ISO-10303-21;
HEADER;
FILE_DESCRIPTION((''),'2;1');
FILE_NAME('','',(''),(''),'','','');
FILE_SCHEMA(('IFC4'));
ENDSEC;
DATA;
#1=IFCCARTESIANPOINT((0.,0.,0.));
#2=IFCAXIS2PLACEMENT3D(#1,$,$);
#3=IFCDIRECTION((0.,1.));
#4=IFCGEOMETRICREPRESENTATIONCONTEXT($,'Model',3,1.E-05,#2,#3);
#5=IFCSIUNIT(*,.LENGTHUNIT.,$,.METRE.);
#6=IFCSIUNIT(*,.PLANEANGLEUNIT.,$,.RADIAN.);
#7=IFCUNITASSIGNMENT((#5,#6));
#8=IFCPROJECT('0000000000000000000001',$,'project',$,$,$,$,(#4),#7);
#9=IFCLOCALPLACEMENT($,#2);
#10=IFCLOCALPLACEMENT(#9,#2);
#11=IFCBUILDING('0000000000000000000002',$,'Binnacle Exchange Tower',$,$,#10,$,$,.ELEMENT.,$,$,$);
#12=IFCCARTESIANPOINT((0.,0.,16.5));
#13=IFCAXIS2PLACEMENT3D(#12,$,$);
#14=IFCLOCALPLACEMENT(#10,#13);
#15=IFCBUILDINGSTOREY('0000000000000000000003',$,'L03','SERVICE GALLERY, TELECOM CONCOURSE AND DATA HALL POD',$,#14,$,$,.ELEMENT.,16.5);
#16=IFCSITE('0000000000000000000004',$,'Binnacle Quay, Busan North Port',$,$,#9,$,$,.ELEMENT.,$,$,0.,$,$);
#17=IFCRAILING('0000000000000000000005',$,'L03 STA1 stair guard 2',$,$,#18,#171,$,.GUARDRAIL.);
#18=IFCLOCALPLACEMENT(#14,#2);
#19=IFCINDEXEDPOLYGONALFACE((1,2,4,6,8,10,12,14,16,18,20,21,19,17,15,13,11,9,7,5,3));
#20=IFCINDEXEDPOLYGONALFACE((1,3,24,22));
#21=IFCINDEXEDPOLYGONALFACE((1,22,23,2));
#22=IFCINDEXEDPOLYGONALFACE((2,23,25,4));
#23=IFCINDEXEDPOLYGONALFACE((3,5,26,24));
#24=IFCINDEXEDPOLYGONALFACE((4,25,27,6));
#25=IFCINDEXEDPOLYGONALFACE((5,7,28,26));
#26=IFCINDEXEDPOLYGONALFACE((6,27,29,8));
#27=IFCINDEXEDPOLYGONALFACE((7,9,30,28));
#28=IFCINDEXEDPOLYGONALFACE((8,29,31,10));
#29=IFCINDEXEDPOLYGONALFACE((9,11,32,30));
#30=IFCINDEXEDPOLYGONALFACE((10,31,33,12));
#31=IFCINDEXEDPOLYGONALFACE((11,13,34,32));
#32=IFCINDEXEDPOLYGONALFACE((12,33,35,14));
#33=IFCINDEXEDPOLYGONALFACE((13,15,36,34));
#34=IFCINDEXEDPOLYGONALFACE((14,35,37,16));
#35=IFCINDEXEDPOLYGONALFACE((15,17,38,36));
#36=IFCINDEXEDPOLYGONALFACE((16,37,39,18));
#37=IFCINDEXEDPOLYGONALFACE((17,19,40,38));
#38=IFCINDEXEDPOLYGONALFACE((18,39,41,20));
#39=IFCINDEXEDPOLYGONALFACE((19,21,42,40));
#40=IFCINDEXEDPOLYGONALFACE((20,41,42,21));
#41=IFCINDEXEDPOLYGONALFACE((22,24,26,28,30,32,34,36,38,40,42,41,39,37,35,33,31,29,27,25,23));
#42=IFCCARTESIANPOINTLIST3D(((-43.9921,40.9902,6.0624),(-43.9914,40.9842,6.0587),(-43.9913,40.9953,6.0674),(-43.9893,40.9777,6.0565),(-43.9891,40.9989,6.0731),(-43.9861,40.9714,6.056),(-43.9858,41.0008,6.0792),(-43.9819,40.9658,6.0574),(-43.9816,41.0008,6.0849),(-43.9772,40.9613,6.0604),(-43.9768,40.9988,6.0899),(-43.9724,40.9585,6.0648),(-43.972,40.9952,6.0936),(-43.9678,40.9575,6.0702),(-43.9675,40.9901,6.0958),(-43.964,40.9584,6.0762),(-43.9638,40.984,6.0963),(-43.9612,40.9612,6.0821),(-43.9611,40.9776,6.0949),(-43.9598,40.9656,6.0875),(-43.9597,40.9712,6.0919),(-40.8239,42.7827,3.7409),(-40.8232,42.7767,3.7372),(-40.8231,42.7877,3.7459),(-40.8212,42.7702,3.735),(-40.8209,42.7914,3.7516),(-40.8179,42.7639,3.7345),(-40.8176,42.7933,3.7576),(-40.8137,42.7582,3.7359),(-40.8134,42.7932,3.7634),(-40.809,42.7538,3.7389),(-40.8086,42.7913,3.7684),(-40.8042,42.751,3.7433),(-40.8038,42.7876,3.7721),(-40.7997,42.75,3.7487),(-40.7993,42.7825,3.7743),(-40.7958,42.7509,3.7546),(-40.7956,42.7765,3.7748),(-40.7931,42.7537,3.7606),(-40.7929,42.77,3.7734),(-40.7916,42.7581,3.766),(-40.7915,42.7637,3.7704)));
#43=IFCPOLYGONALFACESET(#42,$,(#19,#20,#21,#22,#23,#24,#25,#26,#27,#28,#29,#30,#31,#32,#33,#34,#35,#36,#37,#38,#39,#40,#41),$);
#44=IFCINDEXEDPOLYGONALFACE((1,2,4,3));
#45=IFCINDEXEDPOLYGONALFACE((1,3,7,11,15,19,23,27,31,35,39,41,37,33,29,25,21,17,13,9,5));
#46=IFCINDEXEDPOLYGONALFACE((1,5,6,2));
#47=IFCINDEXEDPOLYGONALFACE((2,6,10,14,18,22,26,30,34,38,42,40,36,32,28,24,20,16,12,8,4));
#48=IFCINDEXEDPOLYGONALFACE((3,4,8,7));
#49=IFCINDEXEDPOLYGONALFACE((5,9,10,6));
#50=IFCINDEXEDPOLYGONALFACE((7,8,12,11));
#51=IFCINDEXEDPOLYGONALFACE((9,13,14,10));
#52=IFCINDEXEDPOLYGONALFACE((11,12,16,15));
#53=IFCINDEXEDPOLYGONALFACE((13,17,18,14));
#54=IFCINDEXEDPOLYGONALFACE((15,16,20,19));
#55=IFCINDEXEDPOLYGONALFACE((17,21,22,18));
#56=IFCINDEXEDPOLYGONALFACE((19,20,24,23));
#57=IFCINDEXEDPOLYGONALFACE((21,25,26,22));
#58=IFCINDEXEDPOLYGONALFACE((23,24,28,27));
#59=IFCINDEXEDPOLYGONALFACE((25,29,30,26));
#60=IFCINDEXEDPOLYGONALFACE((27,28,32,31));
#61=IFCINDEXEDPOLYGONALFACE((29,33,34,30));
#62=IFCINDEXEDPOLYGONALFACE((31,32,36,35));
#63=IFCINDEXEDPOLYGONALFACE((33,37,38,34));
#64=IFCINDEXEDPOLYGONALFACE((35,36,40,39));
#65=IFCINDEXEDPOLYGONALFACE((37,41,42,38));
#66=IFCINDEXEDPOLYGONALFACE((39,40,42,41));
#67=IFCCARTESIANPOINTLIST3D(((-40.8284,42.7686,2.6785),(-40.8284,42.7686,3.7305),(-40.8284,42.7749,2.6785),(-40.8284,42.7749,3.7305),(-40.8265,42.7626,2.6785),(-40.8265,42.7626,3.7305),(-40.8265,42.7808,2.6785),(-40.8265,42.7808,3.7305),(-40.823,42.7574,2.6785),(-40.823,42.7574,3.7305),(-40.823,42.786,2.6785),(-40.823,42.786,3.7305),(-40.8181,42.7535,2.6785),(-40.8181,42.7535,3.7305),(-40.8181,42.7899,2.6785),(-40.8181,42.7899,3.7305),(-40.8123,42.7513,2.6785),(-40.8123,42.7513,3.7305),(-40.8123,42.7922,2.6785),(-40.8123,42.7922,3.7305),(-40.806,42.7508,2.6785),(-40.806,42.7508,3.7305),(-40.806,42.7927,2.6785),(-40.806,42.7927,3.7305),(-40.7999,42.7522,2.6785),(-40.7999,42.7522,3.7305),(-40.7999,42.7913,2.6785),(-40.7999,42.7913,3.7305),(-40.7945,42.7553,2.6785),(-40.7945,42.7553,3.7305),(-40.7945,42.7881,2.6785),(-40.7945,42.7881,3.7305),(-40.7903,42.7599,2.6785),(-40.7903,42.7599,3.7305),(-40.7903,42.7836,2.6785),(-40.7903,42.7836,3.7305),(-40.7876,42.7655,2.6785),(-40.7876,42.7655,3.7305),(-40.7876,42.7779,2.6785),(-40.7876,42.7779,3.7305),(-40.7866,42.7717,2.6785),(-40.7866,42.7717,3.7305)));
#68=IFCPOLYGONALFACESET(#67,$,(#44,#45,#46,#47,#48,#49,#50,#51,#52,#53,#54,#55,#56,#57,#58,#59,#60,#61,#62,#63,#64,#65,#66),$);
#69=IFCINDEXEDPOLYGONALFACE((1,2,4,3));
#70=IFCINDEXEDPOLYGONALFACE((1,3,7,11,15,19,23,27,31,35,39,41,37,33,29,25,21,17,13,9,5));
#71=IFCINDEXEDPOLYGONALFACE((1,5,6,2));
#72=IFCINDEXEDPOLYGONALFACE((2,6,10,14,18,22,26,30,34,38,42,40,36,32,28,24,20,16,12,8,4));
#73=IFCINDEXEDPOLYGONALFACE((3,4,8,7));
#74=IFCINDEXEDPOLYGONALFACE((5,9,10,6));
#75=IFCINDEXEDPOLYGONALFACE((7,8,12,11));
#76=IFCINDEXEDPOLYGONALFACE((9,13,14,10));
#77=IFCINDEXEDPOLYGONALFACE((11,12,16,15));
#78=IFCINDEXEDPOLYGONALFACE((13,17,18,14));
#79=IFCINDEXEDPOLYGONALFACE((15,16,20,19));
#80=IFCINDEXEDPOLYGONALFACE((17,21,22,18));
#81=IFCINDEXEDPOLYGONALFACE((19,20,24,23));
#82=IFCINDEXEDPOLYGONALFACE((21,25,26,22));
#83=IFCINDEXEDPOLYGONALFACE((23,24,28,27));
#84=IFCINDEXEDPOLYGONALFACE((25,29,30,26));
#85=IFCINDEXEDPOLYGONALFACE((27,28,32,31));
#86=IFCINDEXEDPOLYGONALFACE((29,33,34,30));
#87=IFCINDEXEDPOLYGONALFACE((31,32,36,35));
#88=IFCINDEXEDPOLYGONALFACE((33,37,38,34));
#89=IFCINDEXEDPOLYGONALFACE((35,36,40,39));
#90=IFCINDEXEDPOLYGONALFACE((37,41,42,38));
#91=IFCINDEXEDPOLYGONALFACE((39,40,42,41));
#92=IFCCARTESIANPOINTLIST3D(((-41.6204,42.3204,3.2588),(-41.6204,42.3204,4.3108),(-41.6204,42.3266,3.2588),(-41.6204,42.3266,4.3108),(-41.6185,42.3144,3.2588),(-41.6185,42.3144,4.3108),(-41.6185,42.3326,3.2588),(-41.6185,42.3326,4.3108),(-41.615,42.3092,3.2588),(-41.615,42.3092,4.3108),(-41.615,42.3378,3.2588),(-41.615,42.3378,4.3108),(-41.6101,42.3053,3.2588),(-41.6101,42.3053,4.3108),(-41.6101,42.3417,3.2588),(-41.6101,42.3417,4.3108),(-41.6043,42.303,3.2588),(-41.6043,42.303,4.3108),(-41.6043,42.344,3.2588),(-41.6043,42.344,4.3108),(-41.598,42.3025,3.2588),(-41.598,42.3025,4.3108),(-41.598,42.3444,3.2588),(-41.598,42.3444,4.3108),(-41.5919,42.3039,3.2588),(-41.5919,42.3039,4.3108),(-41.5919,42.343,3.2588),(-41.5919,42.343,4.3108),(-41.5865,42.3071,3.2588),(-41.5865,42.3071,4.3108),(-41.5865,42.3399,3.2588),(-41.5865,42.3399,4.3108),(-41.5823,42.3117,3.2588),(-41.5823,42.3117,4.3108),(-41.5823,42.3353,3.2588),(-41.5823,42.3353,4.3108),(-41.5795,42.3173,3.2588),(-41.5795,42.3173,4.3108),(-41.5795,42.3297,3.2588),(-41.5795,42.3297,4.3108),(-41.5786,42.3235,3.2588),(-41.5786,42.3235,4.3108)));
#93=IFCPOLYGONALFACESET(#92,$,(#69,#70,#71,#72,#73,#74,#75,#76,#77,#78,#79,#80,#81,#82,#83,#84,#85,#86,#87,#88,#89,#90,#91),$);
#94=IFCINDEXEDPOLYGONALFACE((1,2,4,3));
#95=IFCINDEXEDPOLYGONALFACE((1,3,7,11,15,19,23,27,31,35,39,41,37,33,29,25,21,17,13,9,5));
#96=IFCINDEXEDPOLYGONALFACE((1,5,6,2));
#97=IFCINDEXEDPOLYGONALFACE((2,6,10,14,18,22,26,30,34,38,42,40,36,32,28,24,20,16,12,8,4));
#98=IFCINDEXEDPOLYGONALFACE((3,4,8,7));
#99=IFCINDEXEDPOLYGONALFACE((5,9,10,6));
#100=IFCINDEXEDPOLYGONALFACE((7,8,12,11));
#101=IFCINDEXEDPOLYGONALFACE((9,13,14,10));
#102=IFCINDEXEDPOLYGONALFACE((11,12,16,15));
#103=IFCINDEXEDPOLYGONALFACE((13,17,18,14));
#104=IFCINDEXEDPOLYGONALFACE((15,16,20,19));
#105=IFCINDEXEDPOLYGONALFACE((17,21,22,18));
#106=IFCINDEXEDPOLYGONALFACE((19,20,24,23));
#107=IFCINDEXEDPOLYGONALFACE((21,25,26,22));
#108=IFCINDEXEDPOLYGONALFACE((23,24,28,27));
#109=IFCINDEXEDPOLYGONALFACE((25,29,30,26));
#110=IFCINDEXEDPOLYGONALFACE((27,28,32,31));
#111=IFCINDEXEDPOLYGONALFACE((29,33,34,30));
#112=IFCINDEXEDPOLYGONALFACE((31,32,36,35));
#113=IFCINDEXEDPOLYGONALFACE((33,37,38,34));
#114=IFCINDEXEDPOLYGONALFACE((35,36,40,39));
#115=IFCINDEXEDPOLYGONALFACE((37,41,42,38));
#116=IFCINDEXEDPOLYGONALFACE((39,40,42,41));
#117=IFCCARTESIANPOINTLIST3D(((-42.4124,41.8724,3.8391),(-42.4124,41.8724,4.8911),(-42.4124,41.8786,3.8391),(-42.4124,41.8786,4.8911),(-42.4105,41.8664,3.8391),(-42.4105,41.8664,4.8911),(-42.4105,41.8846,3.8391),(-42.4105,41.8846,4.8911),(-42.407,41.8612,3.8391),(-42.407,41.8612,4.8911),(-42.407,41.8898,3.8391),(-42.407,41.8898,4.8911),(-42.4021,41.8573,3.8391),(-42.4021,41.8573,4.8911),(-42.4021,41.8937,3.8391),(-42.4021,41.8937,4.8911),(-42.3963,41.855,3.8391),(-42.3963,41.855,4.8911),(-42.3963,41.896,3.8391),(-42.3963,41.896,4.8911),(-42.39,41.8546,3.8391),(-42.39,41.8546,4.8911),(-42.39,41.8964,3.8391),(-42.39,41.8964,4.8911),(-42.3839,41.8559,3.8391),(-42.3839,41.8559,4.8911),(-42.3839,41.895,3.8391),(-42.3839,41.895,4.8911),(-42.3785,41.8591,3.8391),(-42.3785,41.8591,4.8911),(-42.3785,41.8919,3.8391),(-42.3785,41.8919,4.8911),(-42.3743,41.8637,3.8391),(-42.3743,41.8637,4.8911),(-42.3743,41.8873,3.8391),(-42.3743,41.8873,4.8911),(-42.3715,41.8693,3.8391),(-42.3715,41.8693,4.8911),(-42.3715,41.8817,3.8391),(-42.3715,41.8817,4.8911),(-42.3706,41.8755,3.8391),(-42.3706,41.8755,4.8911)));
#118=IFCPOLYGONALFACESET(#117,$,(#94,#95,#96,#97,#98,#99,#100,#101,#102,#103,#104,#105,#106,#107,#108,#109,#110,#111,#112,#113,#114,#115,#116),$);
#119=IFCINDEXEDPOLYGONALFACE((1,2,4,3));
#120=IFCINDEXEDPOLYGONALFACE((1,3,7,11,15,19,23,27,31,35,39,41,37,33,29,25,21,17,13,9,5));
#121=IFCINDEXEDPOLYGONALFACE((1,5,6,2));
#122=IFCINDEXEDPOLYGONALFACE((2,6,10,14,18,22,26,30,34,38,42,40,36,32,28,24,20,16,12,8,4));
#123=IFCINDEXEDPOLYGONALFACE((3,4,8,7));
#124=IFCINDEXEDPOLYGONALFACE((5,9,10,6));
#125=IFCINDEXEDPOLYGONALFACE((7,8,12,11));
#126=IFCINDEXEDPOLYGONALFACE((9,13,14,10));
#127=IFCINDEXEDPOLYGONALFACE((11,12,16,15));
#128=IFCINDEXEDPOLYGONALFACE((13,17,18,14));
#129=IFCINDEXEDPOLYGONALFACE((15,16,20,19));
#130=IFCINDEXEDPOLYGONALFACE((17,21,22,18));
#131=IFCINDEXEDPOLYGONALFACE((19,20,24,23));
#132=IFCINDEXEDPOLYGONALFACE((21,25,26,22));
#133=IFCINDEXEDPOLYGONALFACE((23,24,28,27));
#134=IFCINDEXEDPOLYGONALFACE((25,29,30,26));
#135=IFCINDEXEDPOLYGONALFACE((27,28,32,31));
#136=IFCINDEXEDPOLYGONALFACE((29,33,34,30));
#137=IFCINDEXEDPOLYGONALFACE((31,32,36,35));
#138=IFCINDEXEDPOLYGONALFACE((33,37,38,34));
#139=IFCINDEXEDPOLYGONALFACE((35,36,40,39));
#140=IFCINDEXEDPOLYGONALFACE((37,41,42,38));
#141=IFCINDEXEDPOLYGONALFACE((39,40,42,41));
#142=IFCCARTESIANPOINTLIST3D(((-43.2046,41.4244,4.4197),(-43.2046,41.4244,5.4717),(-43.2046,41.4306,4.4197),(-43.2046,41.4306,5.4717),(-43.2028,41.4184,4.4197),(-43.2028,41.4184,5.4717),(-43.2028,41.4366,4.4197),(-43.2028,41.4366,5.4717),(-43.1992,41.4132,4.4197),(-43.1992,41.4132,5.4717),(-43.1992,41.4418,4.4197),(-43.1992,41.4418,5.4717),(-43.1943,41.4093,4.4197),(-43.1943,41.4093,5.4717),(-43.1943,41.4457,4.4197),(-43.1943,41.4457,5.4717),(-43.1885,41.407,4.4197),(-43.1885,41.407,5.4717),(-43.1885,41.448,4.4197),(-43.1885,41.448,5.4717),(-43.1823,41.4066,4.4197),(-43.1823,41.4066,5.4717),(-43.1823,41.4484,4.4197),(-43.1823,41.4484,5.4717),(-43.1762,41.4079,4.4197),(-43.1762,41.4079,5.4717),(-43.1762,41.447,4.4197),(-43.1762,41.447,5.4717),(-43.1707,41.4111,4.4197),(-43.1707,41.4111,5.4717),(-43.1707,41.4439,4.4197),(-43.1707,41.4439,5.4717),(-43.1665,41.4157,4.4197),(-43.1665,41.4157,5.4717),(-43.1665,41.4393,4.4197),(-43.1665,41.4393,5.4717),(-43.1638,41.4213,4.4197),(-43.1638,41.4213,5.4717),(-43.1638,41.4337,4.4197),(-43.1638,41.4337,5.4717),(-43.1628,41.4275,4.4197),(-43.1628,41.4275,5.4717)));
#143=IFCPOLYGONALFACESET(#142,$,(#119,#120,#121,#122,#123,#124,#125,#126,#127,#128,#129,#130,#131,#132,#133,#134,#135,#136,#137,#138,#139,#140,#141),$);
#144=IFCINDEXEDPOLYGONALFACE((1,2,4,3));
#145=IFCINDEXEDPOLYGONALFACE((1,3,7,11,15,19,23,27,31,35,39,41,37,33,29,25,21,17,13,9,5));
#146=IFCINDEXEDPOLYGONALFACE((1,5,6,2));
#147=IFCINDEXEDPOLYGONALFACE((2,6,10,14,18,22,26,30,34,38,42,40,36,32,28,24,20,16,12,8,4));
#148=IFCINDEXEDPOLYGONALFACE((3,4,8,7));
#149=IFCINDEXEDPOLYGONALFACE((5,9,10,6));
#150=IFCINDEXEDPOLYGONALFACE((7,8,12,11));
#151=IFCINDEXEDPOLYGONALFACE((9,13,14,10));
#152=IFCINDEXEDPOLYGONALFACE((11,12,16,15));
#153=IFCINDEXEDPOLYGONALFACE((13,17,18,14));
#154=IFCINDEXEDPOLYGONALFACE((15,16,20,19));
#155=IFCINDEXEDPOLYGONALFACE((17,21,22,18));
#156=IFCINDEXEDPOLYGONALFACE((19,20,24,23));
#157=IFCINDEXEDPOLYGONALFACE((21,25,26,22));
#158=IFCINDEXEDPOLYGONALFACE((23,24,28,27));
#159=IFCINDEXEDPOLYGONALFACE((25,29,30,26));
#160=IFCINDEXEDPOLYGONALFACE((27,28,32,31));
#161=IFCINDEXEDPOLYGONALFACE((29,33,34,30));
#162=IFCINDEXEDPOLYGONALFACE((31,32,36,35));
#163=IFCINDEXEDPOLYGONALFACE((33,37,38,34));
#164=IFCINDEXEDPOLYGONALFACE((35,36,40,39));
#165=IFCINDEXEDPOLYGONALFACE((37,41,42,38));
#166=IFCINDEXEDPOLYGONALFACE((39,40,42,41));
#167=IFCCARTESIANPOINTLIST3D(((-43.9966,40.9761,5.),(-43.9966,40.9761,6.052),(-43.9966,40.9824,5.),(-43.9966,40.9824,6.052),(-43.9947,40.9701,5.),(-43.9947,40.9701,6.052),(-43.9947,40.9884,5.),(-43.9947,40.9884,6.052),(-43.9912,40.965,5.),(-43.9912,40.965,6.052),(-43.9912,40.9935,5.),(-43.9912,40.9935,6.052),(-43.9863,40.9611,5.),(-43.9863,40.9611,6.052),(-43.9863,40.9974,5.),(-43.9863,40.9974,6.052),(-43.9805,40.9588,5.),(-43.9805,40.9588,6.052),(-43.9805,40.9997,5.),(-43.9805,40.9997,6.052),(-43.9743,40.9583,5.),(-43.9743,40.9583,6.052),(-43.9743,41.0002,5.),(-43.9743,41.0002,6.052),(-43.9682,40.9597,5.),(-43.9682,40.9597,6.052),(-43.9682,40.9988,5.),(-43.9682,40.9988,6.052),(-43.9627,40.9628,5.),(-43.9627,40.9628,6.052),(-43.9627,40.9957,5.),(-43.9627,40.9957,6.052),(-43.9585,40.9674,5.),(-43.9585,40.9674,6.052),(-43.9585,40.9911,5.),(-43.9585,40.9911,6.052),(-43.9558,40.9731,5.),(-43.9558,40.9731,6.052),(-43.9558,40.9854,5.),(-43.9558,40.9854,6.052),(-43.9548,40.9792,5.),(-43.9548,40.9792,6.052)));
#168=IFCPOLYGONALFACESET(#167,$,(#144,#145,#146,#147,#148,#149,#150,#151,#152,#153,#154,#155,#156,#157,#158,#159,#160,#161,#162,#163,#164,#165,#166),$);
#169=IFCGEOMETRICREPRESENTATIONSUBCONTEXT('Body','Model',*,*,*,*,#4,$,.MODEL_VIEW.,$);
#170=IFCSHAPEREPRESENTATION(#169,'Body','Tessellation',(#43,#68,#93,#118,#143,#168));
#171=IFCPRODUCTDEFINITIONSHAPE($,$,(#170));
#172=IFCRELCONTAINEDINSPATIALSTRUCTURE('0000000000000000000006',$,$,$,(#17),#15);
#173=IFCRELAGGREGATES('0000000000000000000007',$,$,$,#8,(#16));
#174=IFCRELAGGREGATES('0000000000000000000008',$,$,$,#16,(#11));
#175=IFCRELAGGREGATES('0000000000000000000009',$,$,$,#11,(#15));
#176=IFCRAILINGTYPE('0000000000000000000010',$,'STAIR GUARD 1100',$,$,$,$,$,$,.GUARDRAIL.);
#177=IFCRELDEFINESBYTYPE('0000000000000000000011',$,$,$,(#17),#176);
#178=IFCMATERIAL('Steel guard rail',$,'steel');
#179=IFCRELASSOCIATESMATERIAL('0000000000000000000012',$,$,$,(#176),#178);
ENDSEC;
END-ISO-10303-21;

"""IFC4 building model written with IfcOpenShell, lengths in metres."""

from ifc_helpers import new_model, si_unit, direction, frame, origin, origin_2d, place, context, subcontext, project, spatial, circle, extrude, material, type_object, element, save


model = new_model("IFC4")

# Units and contexts
model_context = context("Model", 3, precision=1e-05, world=origin(), true_north=direction((0.0, 1.0)))
body_context = subcontext(model_context, "Body", "Model", "MODEL_VIEW")
ifc_project = project(units=[si_unit("LENGTHUNIT", "METRE"), si_unit("PLANEANGLEUNIT", "RADIAN")], contexts=[model_context])

# Site, building, storey
site_placement = place(None, origin())
site = spatial("IfcSite", under=ifc_project, at=site_placement, Name="Binnacle Quay, Busan North Port", CompositionType="ELEMENT", RefElevation=0.0)
building_placement = place(site_placement, origin())
building = spatial("IfcBuilding", under=site, at=building_placement, Name="Binnacle Exchange Tower", CompositionType="ELEMENT")
storey_placement = place(building_placement, frame((0.0, 0.0, 16.5)))
storey = spatial("IfcBuildingStorey", under=building, at=storey_placement, Name="L03", Description="SERVICE GALLERY, TELECOM CONCOURSE AND DATA HALL POD", CompositionType="ELEMENT", Elevation=16.5)

# Railing
ifc_material_1 = material(Name="Steel guard rail", Category="steel")
railing_type_1 = type_object("IfcRailingType", Name="STAIR GUARD 1100", PredefinedType="GUARDRAIL", material=ifc_material_1)
railing_1_placement = place(storey_placement, frame((-40.8076, 42.7717, 2.6785)))
element("IfcRailing", 1, at=railing_1_placement, inside=storey, type_object=railing_type_1, Name="L03 STA1 stair guard 2", PredefinedType="GUARDRAIL", context=body_context, shape_type="SweptSolid", body=[
    extrude(circle(Radius=0.0239, at=origin_2d()), frame((0.0, 0.0, 1.0762), z_axis=(-0.733822, -0.415174, 0.537714), x_axis=(0.492422, -0.870357, 0.0)), (0.0, 0.0, 1.0), 4.3174),
    extrude(circle(Radius=0.021, at=origin_2d()), origin(), (0.0, 0.0, 1.0), 1.052),
    extrude(circle(Radius=0.021, at=origin_2d()), frame((-0.792, -0.4482, 0.5803)), (0.0, 0.0, 1.0), 1.052),
    extrude(circle(Radius=0.021, at=origin_2d()), frame((-1.584, -0.8962, 1.1606)), (0.0, 0.0, 1.0), 1.052),
    extrude(circle(Radius=0.021, at=origin_2d()), frame((-2.3762, -1.3442, 1.7412)), (0.0, 0.0, 1.0), 1.052),
    extrude(circle(Radius=0.021, at=origin_2d()), frame((-3.1682, -1.7925, 2.3215)), (0.0, 0.0, 1.0), 1.052),
])

save(model, "model.ifc")
